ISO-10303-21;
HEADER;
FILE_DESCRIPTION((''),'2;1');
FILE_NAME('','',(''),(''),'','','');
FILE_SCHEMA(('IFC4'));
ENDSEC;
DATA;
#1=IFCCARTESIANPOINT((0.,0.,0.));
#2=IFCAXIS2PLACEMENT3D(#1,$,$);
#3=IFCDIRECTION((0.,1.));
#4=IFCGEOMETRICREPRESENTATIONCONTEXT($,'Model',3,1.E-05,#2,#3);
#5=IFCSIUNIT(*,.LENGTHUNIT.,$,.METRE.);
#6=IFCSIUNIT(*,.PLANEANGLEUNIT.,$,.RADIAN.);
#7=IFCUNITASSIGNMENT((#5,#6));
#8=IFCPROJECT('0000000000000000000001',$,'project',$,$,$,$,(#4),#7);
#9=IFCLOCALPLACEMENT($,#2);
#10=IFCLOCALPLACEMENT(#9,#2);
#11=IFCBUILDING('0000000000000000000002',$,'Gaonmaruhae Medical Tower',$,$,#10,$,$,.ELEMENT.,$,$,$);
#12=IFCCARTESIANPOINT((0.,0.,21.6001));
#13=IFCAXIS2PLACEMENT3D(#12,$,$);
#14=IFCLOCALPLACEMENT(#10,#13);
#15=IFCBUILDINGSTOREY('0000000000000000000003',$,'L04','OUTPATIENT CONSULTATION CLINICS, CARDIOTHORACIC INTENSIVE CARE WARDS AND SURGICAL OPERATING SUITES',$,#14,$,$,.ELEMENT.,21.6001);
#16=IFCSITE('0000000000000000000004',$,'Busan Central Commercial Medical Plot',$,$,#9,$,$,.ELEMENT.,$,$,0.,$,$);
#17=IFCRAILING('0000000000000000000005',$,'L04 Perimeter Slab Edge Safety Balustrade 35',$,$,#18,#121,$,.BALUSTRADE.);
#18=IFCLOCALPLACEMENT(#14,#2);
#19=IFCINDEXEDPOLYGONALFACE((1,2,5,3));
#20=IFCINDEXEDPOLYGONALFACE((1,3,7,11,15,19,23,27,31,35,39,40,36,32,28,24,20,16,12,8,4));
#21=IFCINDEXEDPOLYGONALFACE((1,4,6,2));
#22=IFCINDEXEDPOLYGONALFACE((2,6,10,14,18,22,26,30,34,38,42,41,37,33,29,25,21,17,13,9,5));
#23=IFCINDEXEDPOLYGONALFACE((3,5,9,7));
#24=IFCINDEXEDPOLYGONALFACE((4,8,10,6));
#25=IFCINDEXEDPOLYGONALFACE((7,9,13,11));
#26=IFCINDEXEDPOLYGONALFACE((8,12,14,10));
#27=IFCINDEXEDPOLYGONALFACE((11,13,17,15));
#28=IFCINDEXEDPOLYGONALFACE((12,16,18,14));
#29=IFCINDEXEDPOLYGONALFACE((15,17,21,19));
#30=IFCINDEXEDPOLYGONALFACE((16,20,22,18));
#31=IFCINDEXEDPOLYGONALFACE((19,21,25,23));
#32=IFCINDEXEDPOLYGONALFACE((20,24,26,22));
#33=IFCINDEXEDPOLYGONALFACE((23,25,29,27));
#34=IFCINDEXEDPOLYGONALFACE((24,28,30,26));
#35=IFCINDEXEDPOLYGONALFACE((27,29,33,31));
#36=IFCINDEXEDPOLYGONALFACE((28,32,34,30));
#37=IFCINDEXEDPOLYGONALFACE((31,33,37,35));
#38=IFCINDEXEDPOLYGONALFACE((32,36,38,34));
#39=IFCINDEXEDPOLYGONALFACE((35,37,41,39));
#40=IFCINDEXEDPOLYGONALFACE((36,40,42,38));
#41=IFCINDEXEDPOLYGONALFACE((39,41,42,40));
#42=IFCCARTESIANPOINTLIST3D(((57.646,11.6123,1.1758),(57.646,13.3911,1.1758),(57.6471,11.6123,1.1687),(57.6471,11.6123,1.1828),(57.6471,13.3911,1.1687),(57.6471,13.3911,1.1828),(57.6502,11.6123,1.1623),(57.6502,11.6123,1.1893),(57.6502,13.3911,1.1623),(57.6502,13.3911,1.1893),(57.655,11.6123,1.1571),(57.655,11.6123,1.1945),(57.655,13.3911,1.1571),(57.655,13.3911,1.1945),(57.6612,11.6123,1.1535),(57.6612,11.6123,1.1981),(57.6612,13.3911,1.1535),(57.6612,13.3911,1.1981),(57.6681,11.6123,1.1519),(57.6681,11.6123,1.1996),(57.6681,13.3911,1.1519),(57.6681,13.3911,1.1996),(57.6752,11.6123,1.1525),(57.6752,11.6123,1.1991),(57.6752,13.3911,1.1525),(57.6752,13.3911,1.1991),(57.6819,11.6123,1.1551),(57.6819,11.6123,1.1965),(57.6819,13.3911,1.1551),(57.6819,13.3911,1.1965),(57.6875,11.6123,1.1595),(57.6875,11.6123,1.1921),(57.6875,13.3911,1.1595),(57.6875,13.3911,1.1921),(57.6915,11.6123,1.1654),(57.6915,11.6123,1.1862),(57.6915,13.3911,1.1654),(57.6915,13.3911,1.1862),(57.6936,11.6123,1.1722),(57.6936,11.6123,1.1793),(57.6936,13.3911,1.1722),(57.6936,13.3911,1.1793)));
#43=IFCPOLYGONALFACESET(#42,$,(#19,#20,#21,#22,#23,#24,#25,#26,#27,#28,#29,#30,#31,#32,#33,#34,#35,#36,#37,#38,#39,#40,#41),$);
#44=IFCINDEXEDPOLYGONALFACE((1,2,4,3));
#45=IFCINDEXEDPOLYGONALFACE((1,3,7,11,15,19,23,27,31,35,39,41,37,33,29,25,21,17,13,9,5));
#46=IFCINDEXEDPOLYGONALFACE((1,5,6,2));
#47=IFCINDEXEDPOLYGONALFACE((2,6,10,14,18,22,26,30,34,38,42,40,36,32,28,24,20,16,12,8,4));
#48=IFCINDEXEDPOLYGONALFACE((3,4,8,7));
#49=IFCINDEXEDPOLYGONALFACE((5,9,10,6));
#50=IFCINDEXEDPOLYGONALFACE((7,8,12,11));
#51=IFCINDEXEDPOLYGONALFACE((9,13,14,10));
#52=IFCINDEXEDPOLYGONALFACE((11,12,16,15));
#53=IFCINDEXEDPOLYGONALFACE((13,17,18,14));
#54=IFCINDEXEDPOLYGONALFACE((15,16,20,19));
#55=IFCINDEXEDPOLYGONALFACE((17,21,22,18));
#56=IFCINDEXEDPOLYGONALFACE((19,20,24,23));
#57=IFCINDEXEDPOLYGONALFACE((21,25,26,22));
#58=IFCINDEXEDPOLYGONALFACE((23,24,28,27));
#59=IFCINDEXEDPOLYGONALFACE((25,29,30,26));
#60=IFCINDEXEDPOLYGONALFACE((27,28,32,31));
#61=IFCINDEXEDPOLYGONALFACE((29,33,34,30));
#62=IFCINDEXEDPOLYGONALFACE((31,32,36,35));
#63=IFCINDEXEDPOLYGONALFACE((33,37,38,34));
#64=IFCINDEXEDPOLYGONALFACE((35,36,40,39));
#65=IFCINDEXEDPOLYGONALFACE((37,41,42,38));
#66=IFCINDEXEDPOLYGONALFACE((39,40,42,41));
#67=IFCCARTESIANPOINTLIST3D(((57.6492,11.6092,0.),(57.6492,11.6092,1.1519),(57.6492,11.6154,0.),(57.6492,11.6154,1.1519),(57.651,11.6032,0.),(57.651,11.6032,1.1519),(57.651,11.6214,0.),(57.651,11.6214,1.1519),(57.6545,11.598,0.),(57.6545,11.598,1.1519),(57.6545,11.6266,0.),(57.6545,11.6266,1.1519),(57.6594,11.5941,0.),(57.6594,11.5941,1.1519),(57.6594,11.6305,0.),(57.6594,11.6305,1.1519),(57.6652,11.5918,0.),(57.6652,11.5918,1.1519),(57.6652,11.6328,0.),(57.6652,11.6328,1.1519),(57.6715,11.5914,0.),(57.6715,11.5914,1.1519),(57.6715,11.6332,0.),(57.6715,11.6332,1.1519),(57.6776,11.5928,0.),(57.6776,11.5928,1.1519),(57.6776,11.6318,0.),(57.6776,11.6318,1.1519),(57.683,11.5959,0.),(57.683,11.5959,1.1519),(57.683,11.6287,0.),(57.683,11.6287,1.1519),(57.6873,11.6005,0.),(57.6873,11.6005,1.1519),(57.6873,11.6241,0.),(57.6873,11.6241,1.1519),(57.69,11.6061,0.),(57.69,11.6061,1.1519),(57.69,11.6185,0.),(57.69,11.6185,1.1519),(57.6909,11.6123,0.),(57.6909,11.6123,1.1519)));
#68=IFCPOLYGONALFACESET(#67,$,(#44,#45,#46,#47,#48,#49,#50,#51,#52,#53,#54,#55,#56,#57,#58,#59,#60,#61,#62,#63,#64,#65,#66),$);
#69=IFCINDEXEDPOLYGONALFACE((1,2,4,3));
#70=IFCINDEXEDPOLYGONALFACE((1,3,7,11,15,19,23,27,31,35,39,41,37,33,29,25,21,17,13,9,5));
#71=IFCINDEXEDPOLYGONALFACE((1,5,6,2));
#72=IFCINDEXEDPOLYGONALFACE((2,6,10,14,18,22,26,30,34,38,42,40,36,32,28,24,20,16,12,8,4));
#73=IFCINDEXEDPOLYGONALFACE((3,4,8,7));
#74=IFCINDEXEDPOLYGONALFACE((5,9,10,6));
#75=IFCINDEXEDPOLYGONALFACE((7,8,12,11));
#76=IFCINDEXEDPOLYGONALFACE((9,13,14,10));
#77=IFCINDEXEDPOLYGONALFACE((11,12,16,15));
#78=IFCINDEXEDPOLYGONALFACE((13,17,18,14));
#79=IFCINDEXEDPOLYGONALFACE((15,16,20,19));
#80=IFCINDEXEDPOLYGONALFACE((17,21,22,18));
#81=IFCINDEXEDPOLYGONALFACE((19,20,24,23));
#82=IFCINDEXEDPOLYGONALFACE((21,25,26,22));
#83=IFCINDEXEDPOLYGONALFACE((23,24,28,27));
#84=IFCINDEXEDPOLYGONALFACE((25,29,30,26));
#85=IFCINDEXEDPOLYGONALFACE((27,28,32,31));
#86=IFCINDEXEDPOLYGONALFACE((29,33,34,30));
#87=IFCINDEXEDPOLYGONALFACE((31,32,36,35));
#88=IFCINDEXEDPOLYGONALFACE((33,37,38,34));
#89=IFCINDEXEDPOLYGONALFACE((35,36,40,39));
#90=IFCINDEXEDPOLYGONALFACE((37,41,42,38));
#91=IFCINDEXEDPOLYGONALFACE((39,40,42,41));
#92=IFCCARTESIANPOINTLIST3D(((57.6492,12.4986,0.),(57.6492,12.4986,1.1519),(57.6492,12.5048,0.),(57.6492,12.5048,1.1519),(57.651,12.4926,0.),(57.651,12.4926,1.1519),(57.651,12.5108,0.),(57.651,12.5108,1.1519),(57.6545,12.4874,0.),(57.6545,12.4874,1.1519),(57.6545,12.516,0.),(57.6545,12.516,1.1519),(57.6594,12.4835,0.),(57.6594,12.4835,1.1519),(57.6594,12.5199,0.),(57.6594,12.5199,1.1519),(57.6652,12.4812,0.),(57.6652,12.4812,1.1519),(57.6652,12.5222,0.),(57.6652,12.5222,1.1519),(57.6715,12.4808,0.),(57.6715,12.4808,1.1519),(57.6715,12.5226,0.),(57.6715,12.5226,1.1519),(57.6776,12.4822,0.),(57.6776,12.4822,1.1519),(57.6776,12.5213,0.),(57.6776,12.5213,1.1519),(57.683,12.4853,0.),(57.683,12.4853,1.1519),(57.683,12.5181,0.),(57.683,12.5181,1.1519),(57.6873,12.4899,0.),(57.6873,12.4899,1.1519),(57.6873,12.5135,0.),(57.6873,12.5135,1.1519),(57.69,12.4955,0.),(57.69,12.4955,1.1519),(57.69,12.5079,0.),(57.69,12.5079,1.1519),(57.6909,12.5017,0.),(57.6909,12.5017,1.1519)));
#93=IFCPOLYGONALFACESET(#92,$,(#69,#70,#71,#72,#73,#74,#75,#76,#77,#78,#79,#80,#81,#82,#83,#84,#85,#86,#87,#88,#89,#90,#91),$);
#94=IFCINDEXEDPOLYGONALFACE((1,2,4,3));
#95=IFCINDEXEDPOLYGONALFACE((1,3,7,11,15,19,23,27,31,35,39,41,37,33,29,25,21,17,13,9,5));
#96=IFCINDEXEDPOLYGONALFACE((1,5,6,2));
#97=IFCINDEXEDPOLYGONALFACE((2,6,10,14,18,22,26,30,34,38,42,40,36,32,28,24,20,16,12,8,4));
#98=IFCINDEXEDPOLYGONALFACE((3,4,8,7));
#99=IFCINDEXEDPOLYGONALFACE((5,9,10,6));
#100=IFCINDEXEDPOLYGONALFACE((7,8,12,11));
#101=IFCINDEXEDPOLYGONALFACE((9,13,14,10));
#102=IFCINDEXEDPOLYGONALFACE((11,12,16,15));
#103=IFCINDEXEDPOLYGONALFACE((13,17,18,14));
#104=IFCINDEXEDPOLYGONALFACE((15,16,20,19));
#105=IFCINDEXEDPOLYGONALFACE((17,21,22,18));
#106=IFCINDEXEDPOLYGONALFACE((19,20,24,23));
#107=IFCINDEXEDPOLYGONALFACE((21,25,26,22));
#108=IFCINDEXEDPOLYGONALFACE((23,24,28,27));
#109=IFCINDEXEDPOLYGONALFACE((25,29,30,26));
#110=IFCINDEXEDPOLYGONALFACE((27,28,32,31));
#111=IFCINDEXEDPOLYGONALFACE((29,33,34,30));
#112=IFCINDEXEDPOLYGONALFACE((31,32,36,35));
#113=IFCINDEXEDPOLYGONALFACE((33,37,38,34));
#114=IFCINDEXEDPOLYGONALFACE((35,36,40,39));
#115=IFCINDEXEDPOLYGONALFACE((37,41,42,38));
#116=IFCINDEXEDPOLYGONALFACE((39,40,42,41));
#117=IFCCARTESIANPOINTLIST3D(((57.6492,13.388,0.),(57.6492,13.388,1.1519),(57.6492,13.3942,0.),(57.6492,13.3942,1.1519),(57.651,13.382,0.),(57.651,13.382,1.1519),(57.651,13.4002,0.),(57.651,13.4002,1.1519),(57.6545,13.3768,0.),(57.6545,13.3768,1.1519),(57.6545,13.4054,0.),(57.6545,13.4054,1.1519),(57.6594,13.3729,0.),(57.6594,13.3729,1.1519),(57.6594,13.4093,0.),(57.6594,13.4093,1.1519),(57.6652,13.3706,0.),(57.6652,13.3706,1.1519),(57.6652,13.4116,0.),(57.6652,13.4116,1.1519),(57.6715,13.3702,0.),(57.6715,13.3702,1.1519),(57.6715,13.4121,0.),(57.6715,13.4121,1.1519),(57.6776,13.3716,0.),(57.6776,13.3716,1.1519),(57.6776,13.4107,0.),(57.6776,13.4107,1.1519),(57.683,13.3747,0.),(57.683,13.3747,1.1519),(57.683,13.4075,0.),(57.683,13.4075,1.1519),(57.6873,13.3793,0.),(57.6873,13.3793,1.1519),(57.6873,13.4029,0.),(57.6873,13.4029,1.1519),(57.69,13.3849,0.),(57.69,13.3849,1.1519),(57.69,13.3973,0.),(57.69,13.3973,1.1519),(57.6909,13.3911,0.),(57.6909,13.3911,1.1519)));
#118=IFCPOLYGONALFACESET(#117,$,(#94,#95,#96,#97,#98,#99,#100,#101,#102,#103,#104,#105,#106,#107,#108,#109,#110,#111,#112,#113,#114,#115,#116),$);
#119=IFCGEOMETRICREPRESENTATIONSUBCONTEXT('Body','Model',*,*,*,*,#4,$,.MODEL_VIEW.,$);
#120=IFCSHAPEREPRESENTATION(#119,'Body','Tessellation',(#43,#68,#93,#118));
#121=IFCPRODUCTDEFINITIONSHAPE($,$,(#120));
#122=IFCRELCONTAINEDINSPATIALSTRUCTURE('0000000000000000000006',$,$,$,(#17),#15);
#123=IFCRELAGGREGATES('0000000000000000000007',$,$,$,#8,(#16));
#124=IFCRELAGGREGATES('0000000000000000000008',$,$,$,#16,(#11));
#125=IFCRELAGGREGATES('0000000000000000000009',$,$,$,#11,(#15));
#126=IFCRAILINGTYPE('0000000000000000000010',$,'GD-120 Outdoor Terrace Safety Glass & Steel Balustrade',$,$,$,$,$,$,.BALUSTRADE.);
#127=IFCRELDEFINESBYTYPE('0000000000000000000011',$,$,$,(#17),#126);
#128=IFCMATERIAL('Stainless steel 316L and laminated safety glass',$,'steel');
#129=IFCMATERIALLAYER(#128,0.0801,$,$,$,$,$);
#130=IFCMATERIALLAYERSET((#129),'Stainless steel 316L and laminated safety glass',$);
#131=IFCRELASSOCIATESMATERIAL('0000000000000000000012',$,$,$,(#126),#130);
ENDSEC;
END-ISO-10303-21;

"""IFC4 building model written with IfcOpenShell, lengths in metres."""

from ifc_helpers import new_model, si_unit, direction, frame, origin, origin_2d, place, context, subcontext, project, spatial, circle, extrude, material, layer, layer_set, type_object, element, save


model = new_model("IFC4")

# Units and contexts
model_context = context("Model", 3, precision=1e-05, world=origin(), true_north=direction((0.0, 1.0)))
body_context = subcontext(model_context, "Body", "Model", "MODEL_VIEW")
ifc_project = project(units=[si_unit("LENGTHUNIT", "METRE"), si_unit("PLANEANGLEUNIT", "RADIAN")], contexts=[model_context])

# Site, building, storey
site_placement = place(None, origin())
site = spatial("IfcSite", under=ifc_project, at=site_placement, Name="Busan Central Commercial Medical Plot", CompositionType="ELEMENT", RefElevation=0.0)
building_placement = place(site_placement, origin())
building = spatial("IfcBuilding", under=site, at=building_placement, Name="Gaonmaruhae Medical Tower", CompositionType="ELEMENT")
storey_placement = place(building_placement, frame((0.0, 0.0, 21.6001)))
storey = spatial("IfcBuildingStorey", under=building, at=storey_placement, Name="L04", Description="OUTPATIENT CONSULTATION CLINICS, CARDIOTHORACIC INTENSIVE CARE WARDS AND SURGICAL OPERATING SUITES", CompositionType="ELEMENT", Elevation=21.6001)

# Railing
ifc_material_1 = material(Name="Stainless steel 316L and laminated safety glass", Category="steel")
ifc_layer_1 = layer(ifc_material_1, 0.0801)
ifc_layer_set_1 = layer_set([ifc_layer_1], Name="Stainless steel 316L and laminated safety glass")
railing_type = type_object("IfcRailingType", Name="GD-120 Outdoor Terrace Safety Glass & Steel Balustrade", PredefinedType="BALUSTRADE", material=ifc_layer_set_1)
railing_1_placement = place(storey_placement, frame((57.6699, 11.6123, 0.0)))
element("IfcRailing", 1, at=railing_1_placement, inside=storey, type_object=railing_type, Name="L04 Perimeter Slab Edge Safety Balustrade 35", PredefinedType="BALUSTRADE", context=body_context, shape_type="SweptSolid", body=[
    extrude(circle(Radius=0.0239, at=origin_2d()), frame((0.0, 0.0, 1.1758), z_axis=(0.0, 1.0, 0.0), x_axis=(-1.0, 0.0, 0.0)), (0.0, 0.0, 1.0), 1.7788),
    extrude(circle(Radius=0.021, at=origin_2d()), origin(), (0.0, 0.0, 1.0), 1.1519),
    extrude(circle(Radius=0.021, at=origin_2d()), frame((0.0, 0.8894, 0.0)), (0.0, 0.0, 1.0), 1.1519),
    extrude(circle(Radius=0.021, at=origin_2d()), frame((0.0, 1.7788, 0.0)), (0.0, 0.0, 1.0), 1.1519),
])

save(model, "model.ifc")
